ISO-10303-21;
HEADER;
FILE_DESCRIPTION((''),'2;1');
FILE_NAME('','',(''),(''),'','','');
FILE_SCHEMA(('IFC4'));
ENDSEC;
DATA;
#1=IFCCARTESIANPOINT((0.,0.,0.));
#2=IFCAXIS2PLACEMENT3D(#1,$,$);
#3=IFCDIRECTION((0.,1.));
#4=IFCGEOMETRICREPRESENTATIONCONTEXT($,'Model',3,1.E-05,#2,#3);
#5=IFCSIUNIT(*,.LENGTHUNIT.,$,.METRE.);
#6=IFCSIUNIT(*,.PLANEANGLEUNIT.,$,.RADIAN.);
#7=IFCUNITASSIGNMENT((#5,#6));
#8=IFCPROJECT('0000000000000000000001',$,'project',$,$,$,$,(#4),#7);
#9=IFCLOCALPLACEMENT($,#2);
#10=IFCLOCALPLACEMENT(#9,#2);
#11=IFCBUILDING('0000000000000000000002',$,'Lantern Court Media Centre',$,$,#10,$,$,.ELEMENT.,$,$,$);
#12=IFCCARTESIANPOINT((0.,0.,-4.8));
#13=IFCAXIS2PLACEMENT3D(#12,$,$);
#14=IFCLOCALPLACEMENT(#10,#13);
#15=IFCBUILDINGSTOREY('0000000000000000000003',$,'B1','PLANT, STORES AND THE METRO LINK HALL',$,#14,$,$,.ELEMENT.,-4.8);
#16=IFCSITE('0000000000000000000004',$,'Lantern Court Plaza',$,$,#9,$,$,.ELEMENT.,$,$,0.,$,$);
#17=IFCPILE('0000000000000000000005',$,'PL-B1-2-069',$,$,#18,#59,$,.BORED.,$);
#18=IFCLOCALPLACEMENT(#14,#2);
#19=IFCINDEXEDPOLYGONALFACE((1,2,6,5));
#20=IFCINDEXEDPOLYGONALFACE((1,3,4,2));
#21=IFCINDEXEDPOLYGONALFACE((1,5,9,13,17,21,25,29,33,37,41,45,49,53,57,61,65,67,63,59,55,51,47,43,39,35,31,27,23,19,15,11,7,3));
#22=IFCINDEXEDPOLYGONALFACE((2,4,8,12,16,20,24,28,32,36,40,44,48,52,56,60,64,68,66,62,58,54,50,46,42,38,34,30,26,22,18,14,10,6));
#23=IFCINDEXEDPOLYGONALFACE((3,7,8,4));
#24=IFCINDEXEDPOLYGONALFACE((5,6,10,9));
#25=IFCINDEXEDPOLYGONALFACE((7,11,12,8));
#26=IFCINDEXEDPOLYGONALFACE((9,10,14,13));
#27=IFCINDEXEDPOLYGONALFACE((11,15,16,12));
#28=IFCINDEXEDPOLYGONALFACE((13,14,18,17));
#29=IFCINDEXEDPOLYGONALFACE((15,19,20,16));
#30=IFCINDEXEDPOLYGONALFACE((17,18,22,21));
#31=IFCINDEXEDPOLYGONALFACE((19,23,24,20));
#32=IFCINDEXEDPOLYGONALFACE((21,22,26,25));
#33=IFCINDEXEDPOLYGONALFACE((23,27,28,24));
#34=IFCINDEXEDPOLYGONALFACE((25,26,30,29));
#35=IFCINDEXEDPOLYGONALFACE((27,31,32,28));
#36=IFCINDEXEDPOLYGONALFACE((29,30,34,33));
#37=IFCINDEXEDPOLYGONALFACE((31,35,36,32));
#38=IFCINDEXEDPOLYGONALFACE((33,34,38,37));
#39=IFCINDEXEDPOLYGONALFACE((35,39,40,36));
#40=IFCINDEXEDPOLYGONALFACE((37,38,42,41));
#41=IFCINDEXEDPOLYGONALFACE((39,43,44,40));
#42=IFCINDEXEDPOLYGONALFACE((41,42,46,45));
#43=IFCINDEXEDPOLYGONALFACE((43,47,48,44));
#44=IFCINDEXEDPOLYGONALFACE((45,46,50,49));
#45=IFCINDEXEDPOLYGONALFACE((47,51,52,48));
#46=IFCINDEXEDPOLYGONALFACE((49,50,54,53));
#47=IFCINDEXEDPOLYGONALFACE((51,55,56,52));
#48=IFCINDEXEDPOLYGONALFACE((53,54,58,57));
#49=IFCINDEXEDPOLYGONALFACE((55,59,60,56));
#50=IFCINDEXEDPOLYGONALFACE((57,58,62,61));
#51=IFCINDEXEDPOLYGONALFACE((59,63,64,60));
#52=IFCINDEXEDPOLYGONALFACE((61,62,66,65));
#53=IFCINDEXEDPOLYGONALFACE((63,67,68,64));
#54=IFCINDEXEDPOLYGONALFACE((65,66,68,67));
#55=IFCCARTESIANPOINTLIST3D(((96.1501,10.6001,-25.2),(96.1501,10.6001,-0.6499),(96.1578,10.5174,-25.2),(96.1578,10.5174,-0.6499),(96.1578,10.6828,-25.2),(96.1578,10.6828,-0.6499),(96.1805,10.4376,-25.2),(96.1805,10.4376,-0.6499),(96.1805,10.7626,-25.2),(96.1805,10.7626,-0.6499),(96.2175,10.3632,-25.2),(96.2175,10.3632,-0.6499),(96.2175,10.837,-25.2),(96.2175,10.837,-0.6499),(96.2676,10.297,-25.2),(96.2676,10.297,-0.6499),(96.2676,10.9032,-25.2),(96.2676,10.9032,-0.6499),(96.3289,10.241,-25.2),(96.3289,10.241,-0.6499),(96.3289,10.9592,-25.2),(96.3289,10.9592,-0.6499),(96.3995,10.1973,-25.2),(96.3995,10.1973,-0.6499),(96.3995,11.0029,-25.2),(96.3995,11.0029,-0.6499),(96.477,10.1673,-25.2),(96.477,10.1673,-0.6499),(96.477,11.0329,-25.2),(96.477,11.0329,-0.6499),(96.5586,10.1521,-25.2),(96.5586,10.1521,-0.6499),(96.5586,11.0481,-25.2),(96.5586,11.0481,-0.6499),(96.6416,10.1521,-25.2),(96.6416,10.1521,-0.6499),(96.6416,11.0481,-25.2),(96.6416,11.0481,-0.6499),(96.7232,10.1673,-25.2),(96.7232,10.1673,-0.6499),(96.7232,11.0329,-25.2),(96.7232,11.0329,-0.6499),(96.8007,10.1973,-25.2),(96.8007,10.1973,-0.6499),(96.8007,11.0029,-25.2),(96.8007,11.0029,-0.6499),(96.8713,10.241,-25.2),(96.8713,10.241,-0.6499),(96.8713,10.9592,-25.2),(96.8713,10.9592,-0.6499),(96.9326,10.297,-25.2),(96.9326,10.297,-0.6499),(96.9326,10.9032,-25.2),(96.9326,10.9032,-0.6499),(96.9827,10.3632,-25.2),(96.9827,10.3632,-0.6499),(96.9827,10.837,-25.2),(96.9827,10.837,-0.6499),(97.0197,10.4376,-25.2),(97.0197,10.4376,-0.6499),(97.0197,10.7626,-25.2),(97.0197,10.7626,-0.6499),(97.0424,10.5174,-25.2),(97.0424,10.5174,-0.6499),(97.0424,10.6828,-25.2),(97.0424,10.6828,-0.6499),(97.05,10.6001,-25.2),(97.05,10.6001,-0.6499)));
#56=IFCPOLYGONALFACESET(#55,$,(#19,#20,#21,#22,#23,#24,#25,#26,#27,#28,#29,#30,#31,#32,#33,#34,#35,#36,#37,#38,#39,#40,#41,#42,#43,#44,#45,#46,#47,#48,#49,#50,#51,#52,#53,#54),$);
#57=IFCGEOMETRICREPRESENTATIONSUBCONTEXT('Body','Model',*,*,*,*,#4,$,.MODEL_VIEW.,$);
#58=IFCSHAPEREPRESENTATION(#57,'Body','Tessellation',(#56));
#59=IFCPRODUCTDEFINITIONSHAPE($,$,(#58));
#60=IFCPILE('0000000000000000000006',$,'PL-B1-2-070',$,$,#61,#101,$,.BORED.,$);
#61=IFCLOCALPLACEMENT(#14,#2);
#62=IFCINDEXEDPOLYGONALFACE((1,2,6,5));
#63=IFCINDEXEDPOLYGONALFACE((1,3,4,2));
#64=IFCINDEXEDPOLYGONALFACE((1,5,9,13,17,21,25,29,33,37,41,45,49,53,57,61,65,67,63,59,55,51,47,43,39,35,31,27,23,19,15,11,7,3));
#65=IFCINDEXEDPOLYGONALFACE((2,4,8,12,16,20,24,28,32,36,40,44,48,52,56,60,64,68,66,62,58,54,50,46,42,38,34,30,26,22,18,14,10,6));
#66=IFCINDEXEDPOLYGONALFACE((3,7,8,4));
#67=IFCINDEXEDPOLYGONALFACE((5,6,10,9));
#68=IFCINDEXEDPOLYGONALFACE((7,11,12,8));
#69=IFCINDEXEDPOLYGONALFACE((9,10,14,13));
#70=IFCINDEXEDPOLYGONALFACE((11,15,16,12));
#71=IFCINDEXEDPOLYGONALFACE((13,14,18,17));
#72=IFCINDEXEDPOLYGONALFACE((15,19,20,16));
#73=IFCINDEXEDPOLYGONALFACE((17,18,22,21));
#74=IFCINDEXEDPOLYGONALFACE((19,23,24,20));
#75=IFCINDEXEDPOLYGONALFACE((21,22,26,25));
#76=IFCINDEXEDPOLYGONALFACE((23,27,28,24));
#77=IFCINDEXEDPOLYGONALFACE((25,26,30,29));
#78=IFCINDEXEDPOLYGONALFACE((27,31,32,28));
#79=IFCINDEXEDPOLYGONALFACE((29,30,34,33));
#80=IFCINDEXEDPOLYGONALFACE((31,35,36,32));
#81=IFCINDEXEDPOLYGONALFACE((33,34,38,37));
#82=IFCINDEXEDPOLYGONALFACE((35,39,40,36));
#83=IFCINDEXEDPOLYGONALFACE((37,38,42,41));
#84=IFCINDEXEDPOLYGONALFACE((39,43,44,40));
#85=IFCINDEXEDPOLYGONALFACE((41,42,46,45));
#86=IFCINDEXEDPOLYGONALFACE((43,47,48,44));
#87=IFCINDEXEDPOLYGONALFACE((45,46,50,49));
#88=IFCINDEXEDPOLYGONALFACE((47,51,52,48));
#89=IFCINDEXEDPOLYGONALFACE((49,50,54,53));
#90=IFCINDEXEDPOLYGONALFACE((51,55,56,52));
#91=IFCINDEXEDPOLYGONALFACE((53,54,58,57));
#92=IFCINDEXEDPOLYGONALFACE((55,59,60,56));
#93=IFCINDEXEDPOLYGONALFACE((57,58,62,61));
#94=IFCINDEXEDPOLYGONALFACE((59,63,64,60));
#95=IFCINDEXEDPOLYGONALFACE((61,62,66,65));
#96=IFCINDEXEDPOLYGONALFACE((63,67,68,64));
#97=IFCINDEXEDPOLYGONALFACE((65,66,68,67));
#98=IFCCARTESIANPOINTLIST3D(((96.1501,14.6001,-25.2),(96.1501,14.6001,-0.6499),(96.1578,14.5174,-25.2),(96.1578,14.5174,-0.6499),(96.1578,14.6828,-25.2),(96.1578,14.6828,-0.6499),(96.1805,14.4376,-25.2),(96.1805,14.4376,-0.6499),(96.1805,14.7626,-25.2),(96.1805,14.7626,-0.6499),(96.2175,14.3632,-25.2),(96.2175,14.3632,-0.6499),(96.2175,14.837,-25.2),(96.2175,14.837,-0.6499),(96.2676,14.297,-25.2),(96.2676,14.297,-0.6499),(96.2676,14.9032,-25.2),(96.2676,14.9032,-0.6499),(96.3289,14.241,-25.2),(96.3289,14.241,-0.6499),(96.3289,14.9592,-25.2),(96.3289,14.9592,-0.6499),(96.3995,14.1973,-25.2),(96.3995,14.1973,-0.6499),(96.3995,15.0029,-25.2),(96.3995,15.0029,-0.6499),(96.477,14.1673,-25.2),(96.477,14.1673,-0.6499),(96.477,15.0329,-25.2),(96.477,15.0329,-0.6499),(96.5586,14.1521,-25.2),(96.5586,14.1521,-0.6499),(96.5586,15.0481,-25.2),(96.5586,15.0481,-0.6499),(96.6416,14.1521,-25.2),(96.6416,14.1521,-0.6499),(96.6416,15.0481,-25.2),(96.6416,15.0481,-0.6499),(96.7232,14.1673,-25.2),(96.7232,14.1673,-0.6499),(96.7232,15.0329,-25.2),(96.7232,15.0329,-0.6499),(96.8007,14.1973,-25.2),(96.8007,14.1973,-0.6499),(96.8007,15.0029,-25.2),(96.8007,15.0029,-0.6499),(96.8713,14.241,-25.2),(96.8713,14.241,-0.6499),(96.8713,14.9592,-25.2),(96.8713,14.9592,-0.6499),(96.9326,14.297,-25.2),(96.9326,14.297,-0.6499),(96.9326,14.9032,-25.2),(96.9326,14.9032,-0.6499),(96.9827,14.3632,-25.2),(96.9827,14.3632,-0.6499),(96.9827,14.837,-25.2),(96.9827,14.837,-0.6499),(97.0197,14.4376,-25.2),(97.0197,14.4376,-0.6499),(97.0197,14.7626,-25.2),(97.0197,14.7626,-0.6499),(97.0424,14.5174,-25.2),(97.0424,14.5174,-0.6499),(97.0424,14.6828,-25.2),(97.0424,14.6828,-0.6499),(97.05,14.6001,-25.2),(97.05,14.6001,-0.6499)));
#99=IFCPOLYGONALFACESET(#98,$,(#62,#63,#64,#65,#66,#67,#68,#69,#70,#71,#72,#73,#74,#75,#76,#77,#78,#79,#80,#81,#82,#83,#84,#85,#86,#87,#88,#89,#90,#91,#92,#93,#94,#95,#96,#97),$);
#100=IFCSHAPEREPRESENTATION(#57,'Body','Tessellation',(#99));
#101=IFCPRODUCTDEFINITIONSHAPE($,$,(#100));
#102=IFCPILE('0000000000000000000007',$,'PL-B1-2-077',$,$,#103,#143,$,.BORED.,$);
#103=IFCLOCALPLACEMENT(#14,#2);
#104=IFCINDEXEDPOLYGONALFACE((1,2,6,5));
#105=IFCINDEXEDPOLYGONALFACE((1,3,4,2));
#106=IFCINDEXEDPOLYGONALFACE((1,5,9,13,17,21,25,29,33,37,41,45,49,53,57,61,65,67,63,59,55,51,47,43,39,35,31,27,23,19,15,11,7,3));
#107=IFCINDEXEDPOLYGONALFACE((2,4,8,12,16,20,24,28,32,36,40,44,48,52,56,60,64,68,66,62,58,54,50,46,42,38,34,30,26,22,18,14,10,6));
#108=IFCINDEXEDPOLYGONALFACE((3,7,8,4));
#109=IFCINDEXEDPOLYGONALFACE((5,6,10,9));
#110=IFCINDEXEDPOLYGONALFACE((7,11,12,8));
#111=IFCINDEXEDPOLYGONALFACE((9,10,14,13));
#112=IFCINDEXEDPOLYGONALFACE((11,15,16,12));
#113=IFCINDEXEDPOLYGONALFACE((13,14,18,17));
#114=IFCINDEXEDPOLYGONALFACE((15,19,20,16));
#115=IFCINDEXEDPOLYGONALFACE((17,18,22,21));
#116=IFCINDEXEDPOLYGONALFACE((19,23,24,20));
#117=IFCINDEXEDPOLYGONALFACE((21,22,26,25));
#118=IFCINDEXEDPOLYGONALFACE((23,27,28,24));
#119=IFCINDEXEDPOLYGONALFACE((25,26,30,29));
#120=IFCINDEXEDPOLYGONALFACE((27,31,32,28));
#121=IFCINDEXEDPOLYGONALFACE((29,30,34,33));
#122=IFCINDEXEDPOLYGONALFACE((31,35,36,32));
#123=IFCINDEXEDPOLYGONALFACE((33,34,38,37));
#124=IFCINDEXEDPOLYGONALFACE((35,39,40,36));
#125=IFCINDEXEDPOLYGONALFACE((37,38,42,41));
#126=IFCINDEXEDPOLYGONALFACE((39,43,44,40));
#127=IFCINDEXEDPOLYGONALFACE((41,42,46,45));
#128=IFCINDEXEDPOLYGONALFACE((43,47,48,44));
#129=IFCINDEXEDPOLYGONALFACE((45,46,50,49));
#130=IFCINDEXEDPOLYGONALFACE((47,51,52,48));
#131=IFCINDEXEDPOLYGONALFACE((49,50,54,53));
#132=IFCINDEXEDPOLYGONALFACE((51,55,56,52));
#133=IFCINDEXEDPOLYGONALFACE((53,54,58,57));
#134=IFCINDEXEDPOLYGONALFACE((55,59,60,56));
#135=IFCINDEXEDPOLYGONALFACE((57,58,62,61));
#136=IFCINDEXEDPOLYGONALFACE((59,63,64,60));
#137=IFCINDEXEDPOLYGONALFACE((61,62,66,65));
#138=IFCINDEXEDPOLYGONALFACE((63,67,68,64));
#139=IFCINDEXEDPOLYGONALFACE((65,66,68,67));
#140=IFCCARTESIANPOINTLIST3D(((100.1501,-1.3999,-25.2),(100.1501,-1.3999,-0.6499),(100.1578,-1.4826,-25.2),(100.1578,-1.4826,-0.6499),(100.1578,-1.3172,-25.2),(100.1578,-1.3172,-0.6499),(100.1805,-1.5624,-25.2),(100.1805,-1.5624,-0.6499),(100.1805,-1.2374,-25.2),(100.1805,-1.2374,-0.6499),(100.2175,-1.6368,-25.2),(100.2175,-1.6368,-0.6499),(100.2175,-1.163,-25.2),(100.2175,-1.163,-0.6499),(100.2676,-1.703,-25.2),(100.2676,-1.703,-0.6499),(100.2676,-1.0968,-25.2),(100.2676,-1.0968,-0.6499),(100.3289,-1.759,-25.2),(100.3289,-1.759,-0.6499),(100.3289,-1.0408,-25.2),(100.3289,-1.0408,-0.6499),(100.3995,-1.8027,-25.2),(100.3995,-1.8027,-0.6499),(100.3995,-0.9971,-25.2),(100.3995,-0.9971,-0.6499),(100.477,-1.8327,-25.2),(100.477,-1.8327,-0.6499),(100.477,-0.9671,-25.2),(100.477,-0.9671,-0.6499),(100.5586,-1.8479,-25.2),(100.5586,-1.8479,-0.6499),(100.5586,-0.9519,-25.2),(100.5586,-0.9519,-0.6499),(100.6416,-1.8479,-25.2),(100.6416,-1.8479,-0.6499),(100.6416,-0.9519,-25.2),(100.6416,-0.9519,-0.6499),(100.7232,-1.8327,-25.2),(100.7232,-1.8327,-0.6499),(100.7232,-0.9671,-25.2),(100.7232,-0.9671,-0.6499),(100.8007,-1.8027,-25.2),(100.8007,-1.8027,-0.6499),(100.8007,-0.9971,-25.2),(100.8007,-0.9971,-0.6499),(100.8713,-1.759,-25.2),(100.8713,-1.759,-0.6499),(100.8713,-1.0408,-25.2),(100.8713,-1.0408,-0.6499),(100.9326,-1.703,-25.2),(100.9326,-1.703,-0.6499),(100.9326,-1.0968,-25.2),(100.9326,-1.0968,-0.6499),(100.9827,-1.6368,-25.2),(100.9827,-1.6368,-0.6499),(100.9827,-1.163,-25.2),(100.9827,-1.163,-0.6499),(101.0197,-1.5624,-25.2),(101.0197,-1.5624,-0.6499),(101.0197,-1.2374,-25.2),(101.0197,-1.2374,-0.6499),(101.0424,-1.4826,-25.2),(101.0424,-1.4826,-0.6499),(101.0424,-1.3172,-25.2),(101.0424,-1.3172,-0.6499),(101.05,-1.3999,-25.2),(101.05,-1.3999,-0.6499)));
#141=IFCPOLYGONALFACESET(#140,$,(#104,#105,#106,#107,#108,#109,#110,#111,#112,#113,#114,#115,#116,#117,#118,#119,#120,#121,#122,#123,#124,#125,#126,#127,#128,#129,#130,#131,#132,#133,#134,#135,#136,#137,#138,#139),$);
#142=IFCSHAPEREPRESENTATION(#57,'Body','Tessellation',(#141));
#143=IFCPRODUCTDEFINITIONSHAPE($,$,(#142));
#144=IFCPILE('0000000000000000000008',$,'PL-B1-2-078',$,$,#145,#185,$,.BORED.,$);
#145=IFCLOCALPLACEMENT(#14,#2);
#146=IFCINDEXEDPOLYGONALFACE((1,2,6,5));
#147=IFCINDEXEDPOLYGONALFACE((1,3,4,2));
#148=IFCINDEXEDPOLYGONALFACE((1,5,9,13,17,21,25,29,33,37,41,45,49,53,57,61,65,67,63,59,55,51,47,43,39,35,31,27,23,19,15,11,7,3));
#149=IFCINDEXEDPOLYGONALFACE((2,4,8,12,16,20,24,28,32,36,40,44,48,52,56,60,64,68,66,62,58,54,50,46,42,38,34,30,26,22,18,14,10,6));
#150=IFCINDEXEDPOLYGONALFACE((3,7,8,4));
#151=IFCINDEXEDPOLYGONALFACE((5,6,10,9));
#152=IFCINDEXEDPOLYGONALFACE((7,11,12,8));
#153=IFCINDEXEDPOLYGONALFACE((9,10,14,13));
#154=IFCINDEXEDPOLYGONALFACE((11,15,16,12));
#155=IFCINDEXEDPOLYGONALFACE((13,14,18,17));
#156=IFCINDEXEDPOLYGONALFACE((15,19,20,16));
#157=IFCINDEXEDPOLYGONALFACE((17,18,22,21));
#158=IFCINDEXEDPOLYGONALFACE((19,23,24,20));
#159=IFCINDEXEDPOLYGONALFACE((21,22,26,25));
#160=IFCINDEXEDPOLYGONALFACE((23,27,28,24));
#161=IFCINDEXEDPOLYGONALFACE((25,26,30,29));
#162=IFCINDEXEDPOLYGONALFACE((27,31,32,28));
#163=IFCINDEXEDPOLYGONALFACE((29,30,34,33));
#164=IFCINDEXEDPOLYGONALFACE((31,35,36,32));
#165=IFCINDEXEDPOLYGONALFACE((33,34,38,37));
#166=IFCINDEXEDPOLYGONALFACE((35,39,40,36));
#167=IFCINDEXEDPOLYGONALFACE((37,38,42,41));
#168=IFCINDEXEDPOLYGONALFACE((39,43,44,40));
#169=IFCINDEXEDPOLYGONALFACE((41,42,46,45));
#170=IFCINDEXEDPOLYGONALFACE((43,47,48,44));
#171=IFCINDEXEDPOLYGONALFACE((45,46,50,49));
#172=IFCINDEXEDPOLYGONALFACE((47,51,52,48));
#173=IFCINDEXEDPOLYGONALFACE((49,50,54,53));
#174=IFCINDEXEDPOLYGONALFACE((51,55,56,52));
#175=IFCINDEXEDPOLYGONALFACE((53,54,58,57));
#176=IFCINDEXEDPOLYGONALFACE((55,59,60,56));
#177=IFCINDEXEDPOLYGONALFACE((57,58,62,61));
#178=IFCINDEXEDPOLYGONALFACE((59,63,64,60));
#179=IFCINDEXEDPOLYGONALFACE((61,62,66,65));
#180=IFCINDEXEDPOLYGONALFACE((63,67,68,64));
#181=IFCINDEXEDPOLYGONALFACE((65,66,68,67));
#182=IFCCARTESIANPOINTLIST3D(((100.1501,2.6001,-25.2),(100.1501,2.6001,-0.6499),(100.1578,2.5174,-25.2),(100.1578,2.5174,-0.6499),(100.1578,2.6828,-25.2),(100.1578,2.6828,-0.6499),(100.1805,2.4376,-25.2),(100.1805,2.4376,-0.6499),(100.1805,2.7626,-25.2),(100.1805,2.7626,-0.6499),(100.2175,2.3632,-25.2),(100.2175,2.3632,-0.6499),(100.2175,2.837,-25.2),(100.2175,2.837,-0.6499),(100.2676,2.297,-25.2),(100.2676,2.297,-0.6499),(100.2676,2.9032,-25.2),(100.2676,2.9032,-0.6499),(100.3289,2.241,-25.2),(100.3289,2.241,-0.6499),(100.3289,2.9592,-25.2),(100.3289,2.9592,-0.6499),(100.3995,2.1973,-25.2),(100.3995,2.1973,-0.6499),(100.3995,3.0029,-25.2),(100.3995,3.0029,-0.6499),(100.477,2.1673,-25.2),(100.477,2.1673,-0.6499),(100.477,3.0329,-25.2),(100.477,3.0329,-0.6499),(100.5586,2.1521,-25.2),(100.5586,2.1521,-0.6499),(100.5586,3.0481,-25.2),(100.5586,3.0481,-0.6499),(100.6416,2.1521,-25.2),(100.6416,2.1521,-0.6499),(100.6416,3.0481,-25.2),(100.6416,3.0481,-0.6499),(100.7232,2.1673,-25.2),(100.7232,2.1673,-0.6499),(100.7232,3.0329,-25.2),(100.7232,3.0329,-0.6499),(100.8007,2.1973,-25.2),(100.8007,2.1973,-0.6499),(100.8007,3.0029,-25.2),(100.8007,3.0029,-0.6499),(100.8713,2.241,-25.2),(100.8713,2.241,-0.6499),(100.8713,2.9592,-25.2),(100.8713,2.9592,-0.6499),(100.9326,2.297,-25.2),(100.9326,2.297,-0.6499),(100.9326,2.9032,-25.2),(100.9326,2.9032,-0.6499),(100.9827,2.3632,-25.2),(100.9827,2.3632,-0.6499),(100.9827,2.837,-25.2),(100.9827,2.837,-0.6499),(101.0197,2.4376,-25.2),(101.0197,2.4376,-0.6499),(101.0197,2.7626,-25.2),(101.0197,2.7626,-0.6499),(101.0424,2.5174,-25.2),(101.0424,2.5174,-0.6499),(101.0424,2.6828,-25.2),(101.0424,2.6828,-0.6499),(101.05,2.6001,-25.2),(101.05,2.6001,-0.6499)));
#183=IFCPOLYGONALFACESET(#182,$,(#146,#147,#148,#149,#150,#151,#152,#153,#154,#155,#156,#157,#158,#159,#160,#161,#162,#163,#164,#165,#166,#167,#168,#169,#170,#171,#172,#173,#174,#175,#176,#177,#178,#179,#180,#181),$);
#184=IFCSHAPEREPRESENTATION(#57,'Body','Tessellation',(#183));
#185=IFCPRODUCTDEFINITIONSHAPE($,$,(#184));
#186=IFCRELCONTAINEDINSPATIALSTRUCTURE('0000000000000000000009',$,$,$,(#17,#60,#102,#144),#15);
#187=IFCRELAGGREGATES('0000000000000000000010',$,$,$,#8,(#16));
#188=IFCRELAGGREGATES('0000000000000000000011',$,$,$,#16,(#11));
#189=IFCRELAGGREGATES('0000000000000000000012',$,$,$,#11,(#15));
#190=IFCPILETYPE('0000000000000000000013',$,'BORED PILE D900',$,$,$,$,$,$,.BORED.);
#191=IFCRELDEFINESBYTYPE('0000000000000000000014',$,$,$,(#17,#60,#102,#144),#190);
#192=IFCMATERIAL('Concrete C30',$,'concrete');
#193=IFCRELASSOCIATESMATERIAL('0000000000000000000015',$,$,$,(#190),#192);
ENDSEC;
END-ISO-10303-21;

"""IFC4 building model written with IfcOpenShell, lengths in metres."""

from ifc_helpers import new_model, si_unit, direction, frame, origin, origin_2d, place, context, subcontext, project, spatial, circle, extrude, material, material_profile, profile_set, type_object, element, save


model = new_model("IFC4")

# Units and contexts
model_context = context("Model", 3, precision=1e-05, world=origin(), true_north=direction((0.0, 1.0)))
body_context = subcontext(model_context, "Body", "Model", "MODEL_VIEW")
ifc_project = project(units=[si_unit("LENGTHUNIT", "METRE"), si_unit("PLANEANGLEUNIT", "RADIAN")], contexts=[model_context])

# Site, building, storey
site_placement = place(None, origin())
site = spatial("IfcSite", under=ifc_project, at=site_placement, Name="Lantern Court Plaza", CompositionType="ELEMENT", RefElevation=0.0)
building_placement = place(site_placement, origin())
building = spatial("IfcBuilding", under=site, at=building_placement, Name="Lantern Court Media Centre", CompositionType="ELEMENT")
storey_placement = place(building_placement, frame((0.0, 0.0, -4.8)))
storey = spatial("IfcBuildingStorey", under=building, at=storey_placement, Name="B1", Description="PLANT, STORES AND THE METRO LINK HALL", CompositionType="ELEMENT", Elevation=-4.8)

# Piles
ifc_material_1 = material(Name="Concrete C30", Category="concrete")
ifc_material_profile_1 = material_profile(ifc_material_1, circle(Radius=0.45, at=origin_2d()), Name="D900")
ifc_profile_set_1 = profile_set([ifc_material_profile_1], Name="Concrete C30")
pile_type = type_object("IfcPileType", Name="BORED PILE D900", PredefinedType="BORED", material=ifc_profile_set_1)
for number, where, z_axis, x_axis, name in (
    (1, (96.6001, 10.6001, -0.6499), (0.0, 0.0, -1.0), (1.0, 0.0, 0.0), "PL-B1-2-069"),
    (2, (96.6001, 14.6001, -0.6499), (0.0, 0.0, -1.0), (1.0, 0.0, 0.0), "PL-B1-2-070"),
    (3, (100.6001, -1.3999, -0.6499), (0.0, 0.0, -1.0), (1.0, 0.0, 0.0), "PL-B1-2-077"),
    (4, (100.6001, 2.6001, -0.6499), (0.0, 0.0, -1.0), (1.0, 0.0, 0.0), "PL-B1-2-078"),
):
    element("IfcPile", number, at=place(storey_placement, frame(where, z_axis=z_axis, x_axis=x_axis)), inside=storey, type_object=pile_type, Name=name, PredefinedType="BORED", context=body_context, shape_type="SweptSolid", body=[
        extrude(circle(Radius=0.45, at=origin_2d()), origin(), (0.0, 0.0, 1.0), 24.55),
    ])

save(model, "model.ifc")
